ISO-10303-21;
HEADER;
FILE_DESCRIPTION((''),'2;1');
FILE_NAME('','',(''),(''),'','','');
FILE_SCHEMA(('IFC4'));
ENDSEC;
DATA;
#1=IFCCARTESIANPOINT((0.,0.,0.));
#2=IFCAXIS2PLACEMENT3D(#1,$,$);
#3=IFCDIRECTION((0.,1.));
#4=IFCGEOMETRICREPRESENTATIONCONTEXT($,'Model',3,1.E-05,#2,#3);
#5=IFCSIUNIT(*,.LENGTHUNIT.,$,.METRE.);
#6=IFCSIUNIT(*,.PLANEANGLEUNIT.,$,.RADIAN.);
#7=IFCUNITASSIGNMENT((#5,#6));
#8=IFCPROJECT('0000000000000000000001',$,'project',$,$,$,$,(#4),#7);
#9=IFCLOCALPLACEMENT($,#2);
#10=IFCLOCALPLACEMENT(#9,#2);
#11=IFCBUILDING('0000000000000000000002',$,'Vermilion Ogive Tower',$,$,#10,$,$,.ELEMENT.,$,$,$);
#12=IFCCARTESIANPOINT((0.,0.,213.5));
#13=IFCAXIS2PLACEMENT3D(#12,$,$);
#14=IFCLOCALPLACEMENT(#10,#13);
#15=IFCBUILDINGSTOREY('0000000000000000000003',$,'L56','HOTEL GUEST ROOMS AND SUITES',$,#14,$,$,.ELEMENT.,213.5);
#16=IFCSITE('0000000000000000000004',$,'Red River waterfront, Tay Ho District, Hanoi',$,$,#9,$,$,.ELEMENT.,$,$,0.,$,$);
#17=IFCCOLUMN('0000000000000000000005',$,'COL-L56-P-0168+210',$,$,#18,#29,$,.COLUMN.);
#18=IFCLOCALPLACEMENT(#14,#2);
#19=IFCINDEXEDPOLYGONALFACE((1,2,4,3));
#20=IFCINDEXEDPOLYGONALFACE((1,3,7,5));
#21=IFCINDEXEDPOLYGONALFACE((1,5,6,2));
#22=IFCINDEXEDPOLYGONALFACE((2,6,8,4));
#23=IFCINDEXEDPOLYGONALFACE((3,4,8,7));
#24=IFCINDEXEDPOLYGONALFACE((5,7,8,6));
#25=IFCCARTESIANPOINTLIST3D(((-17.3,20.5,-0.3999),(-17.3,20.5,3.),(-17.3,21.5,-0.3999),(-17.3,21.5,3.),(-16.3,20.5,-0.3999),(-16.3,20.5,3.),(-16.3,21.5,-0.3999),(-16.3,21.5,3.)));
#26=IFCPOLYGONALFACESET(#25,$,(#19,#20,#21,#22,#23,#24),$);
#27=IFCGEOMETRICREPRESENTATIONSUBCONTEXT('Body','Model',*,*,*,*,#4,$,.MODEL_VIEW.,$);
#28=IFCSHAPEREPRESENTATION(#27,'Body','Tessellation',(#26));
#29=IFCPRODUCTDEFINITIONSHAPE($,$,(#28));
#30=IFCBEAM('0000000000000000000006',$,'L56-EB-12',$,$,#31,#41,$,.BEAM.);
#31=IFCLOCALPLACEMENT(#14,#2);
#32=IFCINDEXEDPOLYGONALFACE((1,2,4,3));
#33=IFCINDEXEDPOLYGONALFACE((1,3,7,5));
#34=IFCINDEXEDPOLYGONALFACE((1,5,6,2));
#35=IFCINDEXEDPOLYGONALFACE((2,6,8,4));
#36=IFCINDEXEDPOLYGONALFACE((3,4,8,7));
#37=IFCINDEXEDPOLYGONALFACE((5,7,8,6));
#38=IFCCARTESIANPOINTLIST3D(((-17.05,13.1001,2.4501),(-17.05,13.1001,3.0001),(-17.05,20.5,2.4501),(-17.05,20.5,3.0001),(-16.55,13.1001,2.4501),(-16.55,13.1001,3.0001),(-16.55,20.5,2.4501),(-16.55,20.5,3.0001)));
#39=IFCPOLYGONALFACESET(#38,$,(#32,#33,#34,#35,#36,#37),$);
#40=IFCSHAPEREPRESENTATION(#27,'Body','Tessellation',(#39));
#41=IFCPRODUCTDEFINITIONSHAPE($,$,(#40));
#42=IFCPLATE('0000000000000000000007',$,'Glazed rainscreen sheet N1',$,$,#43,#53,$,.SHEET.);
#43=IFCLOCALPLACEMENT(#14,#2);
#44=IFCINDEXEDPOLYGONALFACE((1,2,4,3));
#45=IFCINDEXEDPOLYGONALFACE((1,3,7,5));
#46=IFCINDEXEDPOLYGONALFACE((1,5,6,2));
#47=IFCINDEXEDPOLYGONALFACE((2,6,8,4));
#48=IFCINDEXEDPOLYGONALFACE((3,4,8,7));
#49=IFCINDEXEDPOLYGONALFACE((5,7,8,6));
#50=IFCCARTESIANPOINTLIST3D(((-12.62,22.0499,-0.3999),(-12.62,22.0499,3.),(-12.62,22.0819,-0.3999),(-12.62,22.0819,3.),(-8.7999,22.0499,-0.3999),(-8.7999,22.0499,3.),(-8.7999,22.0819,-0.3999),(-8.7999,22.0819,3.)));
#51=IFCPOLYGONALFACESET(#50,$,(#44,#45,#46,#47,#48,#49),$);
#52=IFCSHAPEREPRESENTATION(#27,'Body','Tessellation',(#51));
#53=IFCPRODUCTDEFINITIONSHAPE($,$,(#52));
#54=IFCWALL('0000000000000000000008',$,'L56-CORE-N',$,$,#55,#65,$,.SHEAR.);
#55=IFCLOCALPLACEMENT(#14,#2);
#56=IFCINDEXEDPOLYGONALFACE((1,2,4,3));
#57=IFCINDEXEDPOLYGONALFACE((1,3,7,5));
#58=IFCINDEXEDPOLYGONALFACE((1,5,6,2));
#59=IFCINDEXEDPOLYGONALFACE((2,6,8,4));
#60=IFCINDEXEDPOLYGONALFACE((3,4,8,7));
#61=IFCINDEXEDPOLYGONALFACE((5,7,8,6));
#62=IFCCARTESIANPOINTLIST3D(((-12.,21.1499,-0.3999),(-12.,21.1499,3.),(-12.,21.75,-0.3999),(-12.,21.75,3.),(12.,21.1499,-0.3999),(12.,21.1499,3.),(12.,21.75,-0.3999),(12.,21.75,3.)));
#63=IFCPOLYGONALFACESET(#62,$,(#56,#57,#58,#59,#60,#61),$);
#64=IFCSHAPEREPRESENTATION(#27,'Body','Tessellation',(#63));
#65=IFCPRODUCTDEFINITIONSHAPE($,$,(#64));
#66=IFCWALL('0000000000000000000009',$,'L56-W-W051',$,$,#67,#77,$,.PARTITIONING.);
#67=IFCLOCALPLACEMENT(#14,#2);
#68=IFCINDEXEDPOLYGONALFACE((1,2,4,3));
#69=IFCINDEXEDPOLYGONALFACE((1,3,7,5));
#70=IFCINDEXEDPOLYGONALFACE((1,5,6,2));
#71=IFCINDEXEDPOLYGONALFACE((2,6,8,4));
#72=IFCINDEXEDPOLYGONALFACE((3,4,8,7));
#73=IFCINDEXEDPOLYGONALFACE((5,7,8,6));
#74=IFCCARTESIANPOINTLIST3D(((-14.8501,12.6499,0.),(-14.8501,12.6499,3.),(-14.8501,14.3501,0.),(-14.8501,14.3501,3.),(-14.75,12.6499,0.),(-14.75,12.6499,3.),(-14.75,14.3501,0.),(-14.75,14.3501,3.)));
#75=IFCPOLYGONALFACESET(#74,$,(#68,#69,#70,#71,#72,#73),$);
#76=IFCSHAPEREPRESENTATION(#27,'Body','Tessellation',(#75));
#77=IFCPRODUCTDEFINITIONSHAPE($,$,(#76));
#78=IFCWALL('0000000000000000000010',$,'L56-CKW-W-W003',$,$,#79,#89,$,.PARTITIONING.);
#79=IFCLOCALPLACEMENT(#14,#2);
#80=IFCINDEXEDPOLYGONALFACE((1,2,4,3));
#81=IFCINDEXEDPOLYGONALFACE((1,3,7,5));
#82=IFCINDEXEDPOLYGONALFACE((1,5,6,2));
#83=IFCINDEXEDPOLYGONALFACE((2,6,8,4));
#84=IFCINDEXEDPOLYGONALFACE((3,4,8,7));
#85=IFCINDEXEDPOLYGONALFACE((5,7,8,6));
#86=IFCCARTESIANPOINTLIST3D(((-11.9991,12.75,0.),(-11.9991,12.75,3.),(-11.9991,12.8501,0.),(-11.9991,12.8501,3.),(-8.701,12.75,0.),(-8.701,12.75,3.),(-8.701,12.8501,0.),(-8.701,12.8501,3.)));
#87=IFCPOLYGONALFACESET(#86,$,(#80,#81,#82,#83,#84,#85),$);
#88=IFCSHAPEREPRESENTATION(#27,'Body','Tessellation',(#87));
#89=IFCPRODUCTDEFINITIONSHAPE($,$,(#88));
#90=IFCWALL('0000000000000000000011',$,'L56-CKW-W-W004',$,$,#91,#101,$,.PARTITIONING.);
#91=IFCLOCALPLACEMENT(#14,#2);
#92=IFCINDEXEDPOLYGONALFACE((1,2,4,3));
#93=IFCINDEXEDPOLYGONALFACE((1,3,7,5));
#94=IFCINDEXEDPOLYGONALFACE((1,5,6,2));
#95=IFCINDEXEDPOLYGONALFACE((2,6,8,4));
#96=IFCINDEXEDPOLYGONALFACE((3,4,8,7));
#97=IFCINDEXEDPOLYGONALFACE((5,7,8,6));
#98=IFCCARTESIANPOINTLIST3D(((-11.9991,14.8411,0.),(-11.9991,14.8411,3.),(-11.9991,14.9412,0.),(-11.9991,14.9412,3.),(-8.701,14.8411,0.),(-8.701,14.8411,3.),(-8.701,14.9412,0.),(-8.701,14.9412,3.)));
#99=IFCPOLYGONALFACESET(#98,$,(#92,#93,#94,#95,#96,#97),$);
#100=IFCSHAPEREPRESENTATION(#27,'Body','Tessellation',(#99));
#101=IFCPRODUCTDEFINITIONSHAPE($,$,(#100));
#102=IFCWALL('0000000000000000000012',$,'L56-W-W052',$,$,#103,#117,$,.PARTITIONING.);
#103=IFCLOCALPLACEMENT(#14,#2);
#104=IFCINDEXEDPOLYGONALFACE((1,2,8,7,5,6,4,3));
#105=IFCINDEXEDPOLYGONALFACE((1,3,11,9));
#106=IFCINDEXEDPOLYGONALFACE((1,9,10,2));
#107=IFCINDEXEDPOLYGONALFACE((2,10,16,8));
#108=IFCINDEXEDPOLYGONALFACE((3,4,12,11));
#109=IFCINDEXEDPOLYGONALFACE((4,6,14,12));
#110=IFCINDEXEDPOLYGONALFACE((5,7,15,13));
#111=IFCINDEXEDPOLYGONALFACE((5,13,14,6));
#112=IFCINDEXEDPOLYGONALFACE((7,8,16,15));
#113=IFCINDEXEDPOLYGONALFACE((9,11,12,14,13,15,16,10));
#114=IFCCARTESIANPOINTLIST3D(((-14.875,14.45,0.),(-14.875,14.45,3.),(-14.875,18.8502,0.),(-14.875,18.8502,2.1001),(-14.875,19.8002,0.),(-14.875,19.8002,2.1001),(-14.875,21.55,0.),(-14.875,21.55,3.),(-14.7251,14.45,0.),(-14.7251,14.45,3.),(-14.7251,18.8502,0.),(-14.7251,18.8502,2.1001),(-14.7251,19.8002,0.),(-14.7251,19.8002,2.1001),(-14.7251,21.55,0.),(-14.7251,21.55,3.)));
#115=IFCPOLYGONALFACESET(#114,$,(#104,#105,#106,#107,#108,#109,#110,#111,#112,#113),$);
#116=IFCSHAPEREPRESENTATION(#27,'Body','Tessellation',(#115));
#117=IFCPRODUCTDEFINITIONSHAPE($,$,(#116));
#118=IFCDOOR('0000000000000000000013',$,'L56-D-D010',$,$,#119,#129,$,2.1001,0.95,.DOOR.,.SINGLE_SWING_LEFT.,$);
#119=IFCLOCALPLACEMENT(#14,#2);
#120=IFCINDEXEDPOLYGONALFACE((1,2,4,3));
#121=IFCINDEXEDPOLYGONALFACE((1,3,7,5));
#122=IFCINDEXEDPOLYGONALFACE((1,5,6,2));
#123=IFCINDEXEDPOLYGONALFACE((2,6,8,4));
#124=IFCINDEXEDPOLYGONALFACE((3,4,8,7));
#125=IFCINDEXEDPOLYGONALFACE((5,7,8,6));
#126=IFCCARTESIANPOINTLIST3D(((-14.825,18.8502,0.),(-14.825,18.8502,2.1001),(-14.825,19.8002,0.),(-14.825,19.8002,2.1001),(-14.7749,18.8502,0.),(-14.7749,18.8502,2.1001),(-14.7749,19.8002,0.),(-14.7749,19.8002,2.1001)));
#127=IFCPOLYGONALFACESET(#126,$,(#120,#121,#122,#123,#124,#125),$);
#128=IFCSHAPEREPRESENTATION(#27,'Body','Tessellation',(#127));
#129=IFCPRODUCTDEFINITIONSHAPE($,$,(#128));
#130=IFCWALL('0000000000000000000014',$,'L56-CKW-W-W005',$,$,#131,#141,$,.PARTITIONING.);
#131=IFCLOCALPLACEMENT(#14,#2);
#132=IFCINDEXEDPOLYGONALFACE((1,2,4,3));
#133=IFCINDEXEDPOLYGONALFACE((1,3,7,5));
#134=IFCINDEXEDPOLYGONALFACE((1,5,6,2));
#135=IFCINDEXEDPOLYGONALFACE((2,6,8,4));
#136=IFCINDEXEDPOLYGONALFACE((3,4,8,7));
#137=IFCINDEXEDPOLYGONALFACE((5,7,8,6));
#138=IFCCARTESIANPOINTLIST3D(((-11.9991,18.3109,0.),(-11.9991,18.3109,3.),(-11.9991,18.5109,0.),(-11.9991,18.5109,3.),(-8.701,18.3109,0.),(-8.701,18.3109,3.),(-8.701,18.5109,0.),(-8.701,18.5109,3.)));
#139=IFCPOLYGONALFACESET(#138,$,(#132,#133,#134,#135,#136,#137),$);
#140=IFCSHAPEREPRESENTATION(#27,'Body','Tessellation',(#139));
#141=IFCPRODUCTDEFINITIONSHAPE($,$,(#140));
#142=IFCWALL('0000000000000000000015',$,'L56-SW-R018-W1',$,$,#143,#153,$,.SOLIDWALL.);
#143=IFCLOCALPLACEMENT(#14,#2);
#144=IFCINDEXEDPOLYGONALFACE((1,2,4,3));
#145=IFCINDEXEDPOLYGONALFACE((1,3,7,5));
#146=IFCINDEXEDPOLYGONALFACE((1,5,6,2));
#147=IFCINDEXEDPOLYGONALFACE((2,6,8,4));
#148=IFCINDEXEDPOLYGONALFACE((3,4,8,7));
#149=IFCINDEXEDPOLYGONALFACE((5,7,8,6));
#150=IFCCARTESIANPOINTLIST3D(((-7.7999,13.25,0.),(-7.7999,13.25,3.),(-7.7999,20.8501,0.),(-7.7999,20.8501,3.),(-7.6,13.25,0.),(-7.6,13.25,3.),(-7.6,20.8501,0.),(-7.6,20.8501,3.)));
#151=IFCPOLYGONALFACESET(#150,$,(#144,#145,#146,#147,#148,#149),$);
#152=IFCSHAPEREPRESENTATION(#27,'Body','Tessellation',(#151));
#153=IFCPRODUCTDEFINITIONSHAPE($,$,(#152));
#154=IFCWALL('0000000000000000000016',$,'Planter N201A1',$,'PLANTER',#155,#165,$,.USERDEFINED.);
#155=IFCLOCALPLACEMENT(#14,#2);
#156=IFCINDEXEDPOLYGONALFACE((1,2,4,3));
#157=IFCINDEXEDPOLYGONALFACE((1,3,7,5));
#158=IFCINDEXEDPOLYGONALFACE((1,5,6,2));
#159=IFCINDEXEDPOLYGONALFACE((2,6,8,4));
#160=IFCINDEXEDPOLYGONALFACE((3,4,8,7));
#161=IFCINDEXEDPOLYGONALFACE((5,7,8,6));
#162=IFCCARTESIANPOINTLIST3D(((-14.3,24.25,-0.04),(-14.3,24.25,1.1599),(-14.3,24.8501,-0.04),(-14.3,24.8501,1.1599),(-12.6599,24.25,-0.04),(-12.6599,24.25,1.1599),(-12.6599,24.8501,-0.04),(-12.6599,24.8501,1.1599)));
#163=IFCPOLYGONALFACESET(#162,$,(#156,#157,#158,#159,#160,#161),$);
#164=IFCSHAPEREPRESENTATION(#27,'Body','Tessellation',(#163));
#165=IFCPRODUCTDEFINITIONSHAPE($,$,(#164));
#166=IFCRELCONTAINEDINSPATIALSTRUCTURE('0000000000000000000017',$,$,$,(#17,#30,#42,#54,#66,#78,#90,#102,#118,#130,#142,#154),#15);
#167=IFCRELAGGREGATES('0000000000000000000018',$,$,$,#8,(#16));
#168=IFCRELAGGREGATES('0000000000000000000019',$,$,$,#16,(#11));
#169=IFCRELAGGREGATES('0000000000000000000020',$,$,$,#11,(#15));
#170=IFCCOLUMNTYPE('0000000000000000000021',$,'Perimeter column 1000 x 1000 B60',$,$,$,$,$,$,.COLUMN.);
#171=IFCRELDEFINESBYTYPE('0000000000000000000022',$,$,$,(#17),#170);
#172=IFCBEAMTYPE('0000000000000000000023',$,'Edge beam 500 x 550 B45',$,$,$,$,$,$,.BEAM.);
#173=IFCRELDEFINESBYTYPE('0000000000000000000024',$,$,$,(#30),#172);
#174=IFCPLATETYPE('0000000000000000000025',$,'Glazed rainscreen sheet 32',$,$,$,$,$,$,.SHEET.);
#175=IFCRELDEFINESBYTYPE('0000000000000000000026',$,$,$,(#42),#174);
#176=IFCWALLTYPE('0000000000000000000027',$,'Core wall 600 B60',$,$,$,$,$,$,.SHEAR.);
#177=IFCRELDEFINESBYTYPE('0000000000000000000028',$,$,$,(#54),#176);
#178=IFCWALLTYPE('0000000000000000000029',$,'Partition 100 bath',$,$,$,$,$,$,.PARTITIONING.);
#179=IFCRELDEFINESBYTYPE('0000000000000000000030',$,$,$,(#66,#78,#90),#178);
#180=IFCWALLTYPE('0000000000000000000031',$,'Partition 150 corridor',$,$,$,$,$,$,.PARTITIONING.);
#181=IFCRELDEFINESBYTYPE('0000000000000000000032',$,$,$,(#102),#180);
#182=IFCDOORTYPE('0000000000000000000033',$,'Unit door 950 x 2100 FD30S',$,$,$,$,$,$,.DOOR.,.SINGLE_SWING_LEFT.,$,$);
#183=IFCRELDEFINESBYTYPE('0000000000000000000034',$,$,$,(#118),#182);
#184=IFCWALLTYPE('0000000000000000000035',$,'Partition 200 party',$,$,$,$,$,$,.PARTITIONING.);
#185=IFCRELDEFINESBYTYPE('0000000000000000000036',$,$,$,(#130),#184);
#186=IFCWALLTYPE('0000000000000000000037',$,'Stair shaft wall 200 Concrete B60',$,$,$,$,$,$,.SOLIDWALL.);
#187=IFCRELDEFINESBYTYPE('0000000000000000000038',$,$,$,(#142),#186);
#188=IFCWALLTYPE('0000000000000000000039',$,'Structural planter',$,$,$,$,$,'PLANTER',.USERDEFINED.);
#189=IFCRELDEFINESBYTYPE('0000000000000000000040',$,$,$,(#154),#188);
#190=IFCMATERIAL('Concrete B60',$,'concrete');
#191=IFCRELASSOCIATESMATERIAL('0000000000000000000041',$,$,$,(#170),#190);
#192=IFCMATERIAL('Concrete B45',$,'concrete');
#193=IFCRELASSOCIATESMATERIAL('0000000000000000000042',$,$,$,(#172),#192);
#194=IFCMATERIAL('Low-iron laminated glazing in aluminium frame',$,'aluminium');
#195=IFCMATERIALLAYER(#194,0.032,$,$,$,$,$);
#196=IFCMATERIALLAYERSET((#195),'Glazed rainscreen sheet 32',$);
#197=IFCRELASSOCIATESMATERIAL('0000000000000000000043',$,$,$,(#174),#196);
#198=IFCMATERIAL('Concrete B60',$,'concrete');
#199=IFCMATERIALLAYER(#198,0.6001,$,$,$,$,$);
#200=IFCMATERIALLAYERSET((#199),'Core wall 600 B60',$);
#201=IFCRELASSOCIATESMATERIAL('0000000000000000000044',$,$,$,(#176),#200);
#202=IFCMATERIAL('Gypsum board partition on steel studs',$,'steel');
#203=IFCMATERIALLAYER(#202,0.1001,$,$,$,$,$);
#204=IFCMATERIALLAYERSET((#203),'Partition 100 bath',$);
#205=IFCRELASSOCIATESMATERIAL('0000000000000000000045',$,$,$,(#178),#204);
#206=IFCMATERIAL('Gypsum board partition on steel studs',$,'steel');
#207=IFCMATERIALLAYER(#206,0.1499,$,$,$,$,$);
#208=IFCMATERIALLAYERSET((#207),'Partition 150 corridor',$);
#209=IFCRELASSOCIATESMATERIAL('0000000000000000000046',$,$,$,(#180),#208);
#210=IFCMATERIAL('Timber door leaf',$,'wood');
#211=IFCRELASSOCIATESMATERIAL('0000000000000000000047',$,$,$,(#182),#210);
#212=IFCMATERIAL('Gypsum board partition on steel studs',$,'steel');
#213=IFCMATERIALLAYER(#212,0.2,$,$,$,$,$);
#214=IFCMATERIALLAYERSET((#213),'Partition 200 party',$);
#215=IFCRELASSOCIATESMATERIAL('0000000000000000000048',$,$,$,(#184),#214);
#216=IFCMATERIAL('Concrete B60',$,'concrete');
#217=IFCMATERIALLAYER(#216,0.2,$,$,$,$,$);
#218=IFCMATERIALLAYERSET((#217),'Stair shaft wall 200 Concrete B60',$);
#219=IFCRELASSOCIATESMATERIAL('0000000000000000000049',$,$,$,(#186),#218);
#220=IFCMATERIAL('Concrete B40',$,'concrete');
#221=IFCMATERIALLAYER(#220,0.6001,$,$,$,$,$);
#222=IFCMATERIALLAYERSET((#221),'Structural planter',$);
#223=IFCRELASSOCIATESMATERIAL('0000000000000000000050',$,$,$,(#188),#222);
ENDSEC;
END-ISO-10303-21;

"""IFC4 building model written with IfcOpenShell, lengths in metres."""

from ifc_helpers import new_model, si_unit, direction, frame, frame_2d, origin, origin_2d, place, context, subcontext, project, spatial, rectangle, extrude, material, layer, layer_set, material_profile, profile_set, type_object, element, fill, save


model = new_model("IFC4")

# Units and contexts
model_context = context("Model", 3, precision=1e-05, world=origin(), true_north=direction((0.0, 1.0)))
body_context = subcontext(model_context, "Body", "Model", "MODEL_VIEW")
ifc_project = project(units=[si_unit("LENGTHUNIT", "METRE"), si_unit("PLANEANGLEUNIT", "RADIAN")], contexts=[model_context])

# Site, building, storey
site_placement = place(None, origin())
site = spatial("IfcSite", under=ifc_project, at=site_placement, Name="Red River waterfront, Tay Ho District, Hanoi", CompositionType="ELEMENT", RefElevation=0.0)
building_placement = place(site_placement, origin())
building = spatial("IfcBuilding", under=site, at=building_placement, Name="Vermilion Ogive Tower", CompositionType="ELEMENT")
storey_placement = place(building_placement, frame((0.0, 0.0, 213.5)))
storey = spatial("IfcBuildingStorey", under=building, at=storey_placement, Name="L56", Description="HOTEL GUEST ROOMS AND SUITES", CompositionType="ELEMENT", Elevation=213.5)

# Column
ifc_material_1 = material(Name="Concrete B60", Category="concrete")
ifc_material_profile_1 = material_profile(ifc_material_1, rectangle(XDim=1.0, YDim=1.0, at=origin_2d()), Name="1000 x 1000")
ifc_profile_set_1 = profile_set([ifc_material_profile_1], Name="Concrete B60")
column_type = type_object("IfcColumnType", Name="Perimeter column 1000 x 1000 B60", PredefinedType="COLUMN", material=ifc_profile_set_1)
column_placement = place(storey_placement, frame((-16.8, 21.0, -0.3999), z_axis=(0.0, 0.0, 1.0), x_axis=(1.0, 0.0, 0.0)))
element("IfcColumn", 1, at=column_placement, inside=storey, type_object=column_type, Name="COL-L56-P-0168+210", PredefinedType="COLUMN", context=body_context, shape_type="SweptSolid", body=[
    extrude(rectangle(XDim=1.0, YDim=1.0, at=origin_2d()), origin(), (0.0, 0.0, 1.0), 3.3999),
])

# Beam
ifc_material_2 = material(Name="Concrete B45", Category="concrete")
ifc_material_profile_2 = material_profile(ifc_material_2, rectangle(XDim=0.5, YDim=0.55, at=origin_2d()), Name="500 x 550")
ifc_profile_set_2 = profile_set([ifc_material_profile_2], Name="Concrete B45")
beam_type = type_object("IfcBeamType", Name="Edge beam 500 x 550 B45", PredefinedType="BEAM", material=ifc_profile_set_2)
beam_placement = place(storey_placement, frame((-16.8, 20.5, 2.7251), z_axis=(0.0, -1.0, 0.0), x_axis=(1.0, 0.0, 0.0)))
element("IfcBeam", 2, at=beam_placement, inside=storey, type_object=beam_type, Name="L56-EB-12", PredefinedType="BEAM", context=body_context, shape_type="SweptSolid", body=[
    extrude(rectangle(XDim=0.5, YDim=0.55, at=origin_2d()), origin(), (0.0, 0.0, 1.0), 7.3999),
])

# Plate
ifc_material_3 = material(Name="Low-iron laminated glazing in aluminium frame", Category="aluminium")
ifc_layer_1 = layer(ifc_material_3, 0.032)
ifc_layer_set_1 = layer_set([ifc_layer_1], Name="Glazed rainscreen sheet 32")
plate_type = type_object("IfcPlateType", Name="Glazed rainscreen sheet 32", PredefinedType="SHEET", material=ifc_layer_set_1)
plate_placement = place(storey_placement, frame((-10.71, 22.0659, -0.3999), z_axis=(0.0, 0.0, 1.0), x_axis=(1.0, 0.0, 0.0)))
element("IfcPlate", 3, at=plate_placement, inside=storey, type_object=plate_type, Name="Glazed rainscreen sheet N1", PredefinedType="SHEET", context=body_context, shape_type="SweptSolid", body=[
    extrude(rectangle(XDim=3.8201, YDim=0.032, at=origin_2d()), origin(), (0.0, 0.0, 1.0), 3.3999),
])

# Walls
ifc_material_4 = material(Name="Concrete B60", Category="concrete")
ifc_layer_2 = layer(ifc_material_4, 0.6001)
ifc_layer_set_2 = layer_set([ifc_layer_2], Name="Core wall 600 B60")
wall_type_1 = type_object("IfcWallType", Name="Core wall 600 B60", PredefinedType="SHEAR", material=ifc_layer_set_2)
wall_1_placement = place(storey_placement, frame((-12.0, 21.45, -0.3999), z_axis=(0.0, 0.0, 1.0), x_axis=(1.0, 0.0, 0.0)))
element("IfcWall", 4, at=wall_1_placement, inside=storey, type_object=wall_type_1, Name="L56-CORE-N", PredefinedType="SHEAR", context=body_context, shape_type="SweptSolid", body=[
    extrude(rectangle(XDim=24.0, YDim=0.6001, at=frame_2d((12.0, 0.0))), origin(), (0.0, 0.0, 1.0), 3.3999),
])
ifc_material_5 = material(Name="Gypsum board partition on steel studs", Category="steel")
ifc_layer_3 = layer(ifc_material_5, 0.1001)
ifc_layer_set_3 = layer_set([ifc_layer_3], Name="Partition 100 bath")
wall_type_2 = type_object("IfcWallType", Name="Partition 100 bath", PredefinedType="PARTITIONING", material=ifc_layer_set_3)
wall_2_placement = place(storey_placement, frame((-14.8, 12.6499, 0.0), z_axis=(0.0, 0.0, 1.0), x_axis=(0.0, 1.0, 0.0)))
element("IfcWall", 5, at=wall_2_placement, inside=storey, type_object=wall_type_2, Name="L56-W-W051", PredefinedType="PARTITIONING", context=body_context, shape_type="SweptSolid", body=[
    extrude(rectangle(XDim=1.7002, YDim=0.1001, at=frame_2d((0.8501, 0.0))), origin(), (0.0, 0.0, 1.0), 3.0),
])
for number, where, z_axis, x_axis, name in (
    (6, (-11.999, 12.8, 0.0), (0.0, 0.0, 1.0), (1.0, 0.0, 0.0), "L56-CKW-W-W003"),
    (7, (-11.999, 14.8911, 0.0), (0.0, 0.0, 1.0), (1.0, 0.0, 0.0), "L56-CKW-W-W004"),
):
    element("IfcWall", number, at=place(storey_placement, frame(where, z_axis=z_axis, x_axis=x_axis)), inside=storey, type_object=wall_type_2, Name=name, PredefinedType="PARTITIONING", context=body_context, shape_type="SweptSolid", body=[
        extrude(rectangle(XDim=3.2981, YDim=0.1001, at=frame_2d((1.6489, 0.0))), origin(), (0.0, 0.0, 1.0), 3.0),
    ])

# Wall, opening, door
ifc_material_6 = material(Name="Gypsum board partition on steel studs", Category="steel")
ifc_layer_4 = layer(ifc_material_6, 0.1499)
ifc_layer_set_4 = layer_set([ifc_layer_4], Name="Partition 150 corridor")
wall_type_3 = type_object("IfcWallType", Name="Partition 150 corridor", PredefinedType="PARTITIONING", material=ifc_layer_set_4)
wall_3_placement = place(storey_placement, frame((-14.8, 14.45, 0.0), z_axis=(0.0, 0.0, 1.0), x_axis=(0.0, 1.0, 0.0)))
wall_3 = element("IfcWall", 8, at=wall_3_placement, inside=storey, type_object=wall_type_3, Name="L56-W-W052", PredefinedType="PARTITIONING", context=body_context, shape_type="SweptSolid", body=[
    extrude(rectangle(XDim=7.1001, YDim=0.1499, at=frame_2d((3.55, 0.0))), origin(), (0.0, 0.0, 1.0), 3.0),
])
opening_1_placement = place(wall_3_placement, frame((4.4001, 0.0, 0.0)))
opening_1 = element("IfcOpeningElement", 9, at=opening_1_placement, cuts=wall_3, PredefinedType="OPENING", context=body_context, shape_type="SweptSolid", body=[
    extrude(rectangle(XDim=0.95, YDim=2.1001, at=frame_2d((0.4751, 1.05))), frame((0.0, 0.085, 0.0), z_axis=(0.0, -1.0, 0.0), x_axis=(1.0, 0.0, 0.0)), (0.0, 0.0, 1.0), 0.1699),
])
ifc_material_7 = material(Name="Timber door leaf", Category="wood")
door_type_1 = type_object("IfcDoorType", Name="Unit door 950 x 2100 FD30S", OperationType="SINGLE_SWING_LEFT", PredefinedType="DOOR", material=ifc_material_7)
door_1_placement = place(opening_1_placement, origin())
door_1 = element("IfcDoor", 10, at=door_1_placement, inside=storey, type_object=door_type_1, Name="L56-D-D010", OperationType="SINGLE_SWING_LEFT", OverallHeight=2.1001, OverallWidth=0.95, PredefinedType="DOOR", context=body_context, shape_type="SweptSolid", body=[
    extrude(rectangle(XDim=0.95, YDim=2.1001, at=frame_2d((0.4751, 1.05))), frame((0.0, 0.0249, 0.0), z_axis=(0.0, -1.0, 0.0), x_axis=(1.0, 0.0, 0.0)), (0.0, 0.0, 1.0), 0.05),
])
fill(opening_1, door_1)

# Walls
ifc_material_8 = material(Name="Gypsum board partition on steel studs", Category="steel")
ifc_layer_5 = layer(ifc_material_8, 0.2)
ifc_layer_set_5 = layer_set([ifc_layer_5], Name="Partition 200 party")
wall_type_4 = type_object("IfcWallType", Name="Partition 200 party", PredefinedType="PARTITIONING", material=ifc_layer_set_5)
wall_4_placement = place(storey_placement, frame((-11.999, 18.4109, 0.0), z_axis=(0.0, 0.0, 1.0), x_axis=(1.0, 0.0, 0.0)))
element("IfcWall", 11, at=wall_4_placement, inside=storey, type_object=wall_type_4, Name="L56-CKW-W-W005", PredefinedType="PARTITIONING", context=body_context, shape_type="SweptSolid", body=[
    extrude(rectangle(XDim=3.2981, YDim=0.2, at=frame_2d((1.6489, 0.0))), origin(), (0.0, 0.0, 1.0), 3.0),
])
ifc_material_9 = material(Name="Concrete B60", Category="concrete")
ifc_layer_6 = layer(ifc_material_9, 0.2)
ifc_layer_set_6 = layer_set([ifc_layer_6], Name="Stair shaft wall 200 Concrete B60")
wall_type_5 = type_object("IfcWallType", Name="Stair shaft wall 200 Concrete B60", PredefinedType="SOLIDWALL", material=ifc_layer_set_6)
wall_5_placement = place(storey_placement, frame((-7.7, 13.25, 0.0), z_axis=(0.0, 0.0, 1.0), x_axis=(0.0, 1.0, 0.0)))
element("IfcWall", 12, at=wall_5_placement, inside=storey, type_object=wall_type_5, Name="L56-SW-R018-W1", PredefinedType="SOLIDWALL", context=body_context, shape_type="SweptSolid", body=[
    extrude(rectangle(XDim=7.6001, YDim=0.2, at=frame_2d((3.8, 0.0))), origin(), (0.0, 0.0, 1.0), 3.0),
])
ifc_material_10 = material(Name="Concrete B40", Category="concrete")
ifc_layer_7 = layer(ifc_material_10, 0.6001)
ifc_layer_set_7 = layer_set([ifc_layer_7], Name="Structural planter")
wall_type_6 = type_object("IfcWallType", Name="Structural planter", ElementType="PLANTER", PredefinedType="USERDEFINED", material=ifc_layer_set_7)
wall_6_placement = place(storey_placement, frame((-12.6599, 24.55, -0.04), z_axis=(0.0, 0.0, 1.0), x_axis=(-1.0, 0.0, 0.0)))
element("IfcWall", 13, at=wall_6_placement, inside=storey, type_object=wall_type_6, Name="Planter N201A1", ObjectType="PLANTER", PredefinedType="USERDEFINED", context=body_context, shape_type="SweptSolid", body=[
    extrude(rectangle(XDim=1.6401, YDim=0.6001, at=frame_2d((0.8201, 0.0))), origin(), (0.0, 0.0, 1.0), 1.2),
])

save(model, "model.ifc")
